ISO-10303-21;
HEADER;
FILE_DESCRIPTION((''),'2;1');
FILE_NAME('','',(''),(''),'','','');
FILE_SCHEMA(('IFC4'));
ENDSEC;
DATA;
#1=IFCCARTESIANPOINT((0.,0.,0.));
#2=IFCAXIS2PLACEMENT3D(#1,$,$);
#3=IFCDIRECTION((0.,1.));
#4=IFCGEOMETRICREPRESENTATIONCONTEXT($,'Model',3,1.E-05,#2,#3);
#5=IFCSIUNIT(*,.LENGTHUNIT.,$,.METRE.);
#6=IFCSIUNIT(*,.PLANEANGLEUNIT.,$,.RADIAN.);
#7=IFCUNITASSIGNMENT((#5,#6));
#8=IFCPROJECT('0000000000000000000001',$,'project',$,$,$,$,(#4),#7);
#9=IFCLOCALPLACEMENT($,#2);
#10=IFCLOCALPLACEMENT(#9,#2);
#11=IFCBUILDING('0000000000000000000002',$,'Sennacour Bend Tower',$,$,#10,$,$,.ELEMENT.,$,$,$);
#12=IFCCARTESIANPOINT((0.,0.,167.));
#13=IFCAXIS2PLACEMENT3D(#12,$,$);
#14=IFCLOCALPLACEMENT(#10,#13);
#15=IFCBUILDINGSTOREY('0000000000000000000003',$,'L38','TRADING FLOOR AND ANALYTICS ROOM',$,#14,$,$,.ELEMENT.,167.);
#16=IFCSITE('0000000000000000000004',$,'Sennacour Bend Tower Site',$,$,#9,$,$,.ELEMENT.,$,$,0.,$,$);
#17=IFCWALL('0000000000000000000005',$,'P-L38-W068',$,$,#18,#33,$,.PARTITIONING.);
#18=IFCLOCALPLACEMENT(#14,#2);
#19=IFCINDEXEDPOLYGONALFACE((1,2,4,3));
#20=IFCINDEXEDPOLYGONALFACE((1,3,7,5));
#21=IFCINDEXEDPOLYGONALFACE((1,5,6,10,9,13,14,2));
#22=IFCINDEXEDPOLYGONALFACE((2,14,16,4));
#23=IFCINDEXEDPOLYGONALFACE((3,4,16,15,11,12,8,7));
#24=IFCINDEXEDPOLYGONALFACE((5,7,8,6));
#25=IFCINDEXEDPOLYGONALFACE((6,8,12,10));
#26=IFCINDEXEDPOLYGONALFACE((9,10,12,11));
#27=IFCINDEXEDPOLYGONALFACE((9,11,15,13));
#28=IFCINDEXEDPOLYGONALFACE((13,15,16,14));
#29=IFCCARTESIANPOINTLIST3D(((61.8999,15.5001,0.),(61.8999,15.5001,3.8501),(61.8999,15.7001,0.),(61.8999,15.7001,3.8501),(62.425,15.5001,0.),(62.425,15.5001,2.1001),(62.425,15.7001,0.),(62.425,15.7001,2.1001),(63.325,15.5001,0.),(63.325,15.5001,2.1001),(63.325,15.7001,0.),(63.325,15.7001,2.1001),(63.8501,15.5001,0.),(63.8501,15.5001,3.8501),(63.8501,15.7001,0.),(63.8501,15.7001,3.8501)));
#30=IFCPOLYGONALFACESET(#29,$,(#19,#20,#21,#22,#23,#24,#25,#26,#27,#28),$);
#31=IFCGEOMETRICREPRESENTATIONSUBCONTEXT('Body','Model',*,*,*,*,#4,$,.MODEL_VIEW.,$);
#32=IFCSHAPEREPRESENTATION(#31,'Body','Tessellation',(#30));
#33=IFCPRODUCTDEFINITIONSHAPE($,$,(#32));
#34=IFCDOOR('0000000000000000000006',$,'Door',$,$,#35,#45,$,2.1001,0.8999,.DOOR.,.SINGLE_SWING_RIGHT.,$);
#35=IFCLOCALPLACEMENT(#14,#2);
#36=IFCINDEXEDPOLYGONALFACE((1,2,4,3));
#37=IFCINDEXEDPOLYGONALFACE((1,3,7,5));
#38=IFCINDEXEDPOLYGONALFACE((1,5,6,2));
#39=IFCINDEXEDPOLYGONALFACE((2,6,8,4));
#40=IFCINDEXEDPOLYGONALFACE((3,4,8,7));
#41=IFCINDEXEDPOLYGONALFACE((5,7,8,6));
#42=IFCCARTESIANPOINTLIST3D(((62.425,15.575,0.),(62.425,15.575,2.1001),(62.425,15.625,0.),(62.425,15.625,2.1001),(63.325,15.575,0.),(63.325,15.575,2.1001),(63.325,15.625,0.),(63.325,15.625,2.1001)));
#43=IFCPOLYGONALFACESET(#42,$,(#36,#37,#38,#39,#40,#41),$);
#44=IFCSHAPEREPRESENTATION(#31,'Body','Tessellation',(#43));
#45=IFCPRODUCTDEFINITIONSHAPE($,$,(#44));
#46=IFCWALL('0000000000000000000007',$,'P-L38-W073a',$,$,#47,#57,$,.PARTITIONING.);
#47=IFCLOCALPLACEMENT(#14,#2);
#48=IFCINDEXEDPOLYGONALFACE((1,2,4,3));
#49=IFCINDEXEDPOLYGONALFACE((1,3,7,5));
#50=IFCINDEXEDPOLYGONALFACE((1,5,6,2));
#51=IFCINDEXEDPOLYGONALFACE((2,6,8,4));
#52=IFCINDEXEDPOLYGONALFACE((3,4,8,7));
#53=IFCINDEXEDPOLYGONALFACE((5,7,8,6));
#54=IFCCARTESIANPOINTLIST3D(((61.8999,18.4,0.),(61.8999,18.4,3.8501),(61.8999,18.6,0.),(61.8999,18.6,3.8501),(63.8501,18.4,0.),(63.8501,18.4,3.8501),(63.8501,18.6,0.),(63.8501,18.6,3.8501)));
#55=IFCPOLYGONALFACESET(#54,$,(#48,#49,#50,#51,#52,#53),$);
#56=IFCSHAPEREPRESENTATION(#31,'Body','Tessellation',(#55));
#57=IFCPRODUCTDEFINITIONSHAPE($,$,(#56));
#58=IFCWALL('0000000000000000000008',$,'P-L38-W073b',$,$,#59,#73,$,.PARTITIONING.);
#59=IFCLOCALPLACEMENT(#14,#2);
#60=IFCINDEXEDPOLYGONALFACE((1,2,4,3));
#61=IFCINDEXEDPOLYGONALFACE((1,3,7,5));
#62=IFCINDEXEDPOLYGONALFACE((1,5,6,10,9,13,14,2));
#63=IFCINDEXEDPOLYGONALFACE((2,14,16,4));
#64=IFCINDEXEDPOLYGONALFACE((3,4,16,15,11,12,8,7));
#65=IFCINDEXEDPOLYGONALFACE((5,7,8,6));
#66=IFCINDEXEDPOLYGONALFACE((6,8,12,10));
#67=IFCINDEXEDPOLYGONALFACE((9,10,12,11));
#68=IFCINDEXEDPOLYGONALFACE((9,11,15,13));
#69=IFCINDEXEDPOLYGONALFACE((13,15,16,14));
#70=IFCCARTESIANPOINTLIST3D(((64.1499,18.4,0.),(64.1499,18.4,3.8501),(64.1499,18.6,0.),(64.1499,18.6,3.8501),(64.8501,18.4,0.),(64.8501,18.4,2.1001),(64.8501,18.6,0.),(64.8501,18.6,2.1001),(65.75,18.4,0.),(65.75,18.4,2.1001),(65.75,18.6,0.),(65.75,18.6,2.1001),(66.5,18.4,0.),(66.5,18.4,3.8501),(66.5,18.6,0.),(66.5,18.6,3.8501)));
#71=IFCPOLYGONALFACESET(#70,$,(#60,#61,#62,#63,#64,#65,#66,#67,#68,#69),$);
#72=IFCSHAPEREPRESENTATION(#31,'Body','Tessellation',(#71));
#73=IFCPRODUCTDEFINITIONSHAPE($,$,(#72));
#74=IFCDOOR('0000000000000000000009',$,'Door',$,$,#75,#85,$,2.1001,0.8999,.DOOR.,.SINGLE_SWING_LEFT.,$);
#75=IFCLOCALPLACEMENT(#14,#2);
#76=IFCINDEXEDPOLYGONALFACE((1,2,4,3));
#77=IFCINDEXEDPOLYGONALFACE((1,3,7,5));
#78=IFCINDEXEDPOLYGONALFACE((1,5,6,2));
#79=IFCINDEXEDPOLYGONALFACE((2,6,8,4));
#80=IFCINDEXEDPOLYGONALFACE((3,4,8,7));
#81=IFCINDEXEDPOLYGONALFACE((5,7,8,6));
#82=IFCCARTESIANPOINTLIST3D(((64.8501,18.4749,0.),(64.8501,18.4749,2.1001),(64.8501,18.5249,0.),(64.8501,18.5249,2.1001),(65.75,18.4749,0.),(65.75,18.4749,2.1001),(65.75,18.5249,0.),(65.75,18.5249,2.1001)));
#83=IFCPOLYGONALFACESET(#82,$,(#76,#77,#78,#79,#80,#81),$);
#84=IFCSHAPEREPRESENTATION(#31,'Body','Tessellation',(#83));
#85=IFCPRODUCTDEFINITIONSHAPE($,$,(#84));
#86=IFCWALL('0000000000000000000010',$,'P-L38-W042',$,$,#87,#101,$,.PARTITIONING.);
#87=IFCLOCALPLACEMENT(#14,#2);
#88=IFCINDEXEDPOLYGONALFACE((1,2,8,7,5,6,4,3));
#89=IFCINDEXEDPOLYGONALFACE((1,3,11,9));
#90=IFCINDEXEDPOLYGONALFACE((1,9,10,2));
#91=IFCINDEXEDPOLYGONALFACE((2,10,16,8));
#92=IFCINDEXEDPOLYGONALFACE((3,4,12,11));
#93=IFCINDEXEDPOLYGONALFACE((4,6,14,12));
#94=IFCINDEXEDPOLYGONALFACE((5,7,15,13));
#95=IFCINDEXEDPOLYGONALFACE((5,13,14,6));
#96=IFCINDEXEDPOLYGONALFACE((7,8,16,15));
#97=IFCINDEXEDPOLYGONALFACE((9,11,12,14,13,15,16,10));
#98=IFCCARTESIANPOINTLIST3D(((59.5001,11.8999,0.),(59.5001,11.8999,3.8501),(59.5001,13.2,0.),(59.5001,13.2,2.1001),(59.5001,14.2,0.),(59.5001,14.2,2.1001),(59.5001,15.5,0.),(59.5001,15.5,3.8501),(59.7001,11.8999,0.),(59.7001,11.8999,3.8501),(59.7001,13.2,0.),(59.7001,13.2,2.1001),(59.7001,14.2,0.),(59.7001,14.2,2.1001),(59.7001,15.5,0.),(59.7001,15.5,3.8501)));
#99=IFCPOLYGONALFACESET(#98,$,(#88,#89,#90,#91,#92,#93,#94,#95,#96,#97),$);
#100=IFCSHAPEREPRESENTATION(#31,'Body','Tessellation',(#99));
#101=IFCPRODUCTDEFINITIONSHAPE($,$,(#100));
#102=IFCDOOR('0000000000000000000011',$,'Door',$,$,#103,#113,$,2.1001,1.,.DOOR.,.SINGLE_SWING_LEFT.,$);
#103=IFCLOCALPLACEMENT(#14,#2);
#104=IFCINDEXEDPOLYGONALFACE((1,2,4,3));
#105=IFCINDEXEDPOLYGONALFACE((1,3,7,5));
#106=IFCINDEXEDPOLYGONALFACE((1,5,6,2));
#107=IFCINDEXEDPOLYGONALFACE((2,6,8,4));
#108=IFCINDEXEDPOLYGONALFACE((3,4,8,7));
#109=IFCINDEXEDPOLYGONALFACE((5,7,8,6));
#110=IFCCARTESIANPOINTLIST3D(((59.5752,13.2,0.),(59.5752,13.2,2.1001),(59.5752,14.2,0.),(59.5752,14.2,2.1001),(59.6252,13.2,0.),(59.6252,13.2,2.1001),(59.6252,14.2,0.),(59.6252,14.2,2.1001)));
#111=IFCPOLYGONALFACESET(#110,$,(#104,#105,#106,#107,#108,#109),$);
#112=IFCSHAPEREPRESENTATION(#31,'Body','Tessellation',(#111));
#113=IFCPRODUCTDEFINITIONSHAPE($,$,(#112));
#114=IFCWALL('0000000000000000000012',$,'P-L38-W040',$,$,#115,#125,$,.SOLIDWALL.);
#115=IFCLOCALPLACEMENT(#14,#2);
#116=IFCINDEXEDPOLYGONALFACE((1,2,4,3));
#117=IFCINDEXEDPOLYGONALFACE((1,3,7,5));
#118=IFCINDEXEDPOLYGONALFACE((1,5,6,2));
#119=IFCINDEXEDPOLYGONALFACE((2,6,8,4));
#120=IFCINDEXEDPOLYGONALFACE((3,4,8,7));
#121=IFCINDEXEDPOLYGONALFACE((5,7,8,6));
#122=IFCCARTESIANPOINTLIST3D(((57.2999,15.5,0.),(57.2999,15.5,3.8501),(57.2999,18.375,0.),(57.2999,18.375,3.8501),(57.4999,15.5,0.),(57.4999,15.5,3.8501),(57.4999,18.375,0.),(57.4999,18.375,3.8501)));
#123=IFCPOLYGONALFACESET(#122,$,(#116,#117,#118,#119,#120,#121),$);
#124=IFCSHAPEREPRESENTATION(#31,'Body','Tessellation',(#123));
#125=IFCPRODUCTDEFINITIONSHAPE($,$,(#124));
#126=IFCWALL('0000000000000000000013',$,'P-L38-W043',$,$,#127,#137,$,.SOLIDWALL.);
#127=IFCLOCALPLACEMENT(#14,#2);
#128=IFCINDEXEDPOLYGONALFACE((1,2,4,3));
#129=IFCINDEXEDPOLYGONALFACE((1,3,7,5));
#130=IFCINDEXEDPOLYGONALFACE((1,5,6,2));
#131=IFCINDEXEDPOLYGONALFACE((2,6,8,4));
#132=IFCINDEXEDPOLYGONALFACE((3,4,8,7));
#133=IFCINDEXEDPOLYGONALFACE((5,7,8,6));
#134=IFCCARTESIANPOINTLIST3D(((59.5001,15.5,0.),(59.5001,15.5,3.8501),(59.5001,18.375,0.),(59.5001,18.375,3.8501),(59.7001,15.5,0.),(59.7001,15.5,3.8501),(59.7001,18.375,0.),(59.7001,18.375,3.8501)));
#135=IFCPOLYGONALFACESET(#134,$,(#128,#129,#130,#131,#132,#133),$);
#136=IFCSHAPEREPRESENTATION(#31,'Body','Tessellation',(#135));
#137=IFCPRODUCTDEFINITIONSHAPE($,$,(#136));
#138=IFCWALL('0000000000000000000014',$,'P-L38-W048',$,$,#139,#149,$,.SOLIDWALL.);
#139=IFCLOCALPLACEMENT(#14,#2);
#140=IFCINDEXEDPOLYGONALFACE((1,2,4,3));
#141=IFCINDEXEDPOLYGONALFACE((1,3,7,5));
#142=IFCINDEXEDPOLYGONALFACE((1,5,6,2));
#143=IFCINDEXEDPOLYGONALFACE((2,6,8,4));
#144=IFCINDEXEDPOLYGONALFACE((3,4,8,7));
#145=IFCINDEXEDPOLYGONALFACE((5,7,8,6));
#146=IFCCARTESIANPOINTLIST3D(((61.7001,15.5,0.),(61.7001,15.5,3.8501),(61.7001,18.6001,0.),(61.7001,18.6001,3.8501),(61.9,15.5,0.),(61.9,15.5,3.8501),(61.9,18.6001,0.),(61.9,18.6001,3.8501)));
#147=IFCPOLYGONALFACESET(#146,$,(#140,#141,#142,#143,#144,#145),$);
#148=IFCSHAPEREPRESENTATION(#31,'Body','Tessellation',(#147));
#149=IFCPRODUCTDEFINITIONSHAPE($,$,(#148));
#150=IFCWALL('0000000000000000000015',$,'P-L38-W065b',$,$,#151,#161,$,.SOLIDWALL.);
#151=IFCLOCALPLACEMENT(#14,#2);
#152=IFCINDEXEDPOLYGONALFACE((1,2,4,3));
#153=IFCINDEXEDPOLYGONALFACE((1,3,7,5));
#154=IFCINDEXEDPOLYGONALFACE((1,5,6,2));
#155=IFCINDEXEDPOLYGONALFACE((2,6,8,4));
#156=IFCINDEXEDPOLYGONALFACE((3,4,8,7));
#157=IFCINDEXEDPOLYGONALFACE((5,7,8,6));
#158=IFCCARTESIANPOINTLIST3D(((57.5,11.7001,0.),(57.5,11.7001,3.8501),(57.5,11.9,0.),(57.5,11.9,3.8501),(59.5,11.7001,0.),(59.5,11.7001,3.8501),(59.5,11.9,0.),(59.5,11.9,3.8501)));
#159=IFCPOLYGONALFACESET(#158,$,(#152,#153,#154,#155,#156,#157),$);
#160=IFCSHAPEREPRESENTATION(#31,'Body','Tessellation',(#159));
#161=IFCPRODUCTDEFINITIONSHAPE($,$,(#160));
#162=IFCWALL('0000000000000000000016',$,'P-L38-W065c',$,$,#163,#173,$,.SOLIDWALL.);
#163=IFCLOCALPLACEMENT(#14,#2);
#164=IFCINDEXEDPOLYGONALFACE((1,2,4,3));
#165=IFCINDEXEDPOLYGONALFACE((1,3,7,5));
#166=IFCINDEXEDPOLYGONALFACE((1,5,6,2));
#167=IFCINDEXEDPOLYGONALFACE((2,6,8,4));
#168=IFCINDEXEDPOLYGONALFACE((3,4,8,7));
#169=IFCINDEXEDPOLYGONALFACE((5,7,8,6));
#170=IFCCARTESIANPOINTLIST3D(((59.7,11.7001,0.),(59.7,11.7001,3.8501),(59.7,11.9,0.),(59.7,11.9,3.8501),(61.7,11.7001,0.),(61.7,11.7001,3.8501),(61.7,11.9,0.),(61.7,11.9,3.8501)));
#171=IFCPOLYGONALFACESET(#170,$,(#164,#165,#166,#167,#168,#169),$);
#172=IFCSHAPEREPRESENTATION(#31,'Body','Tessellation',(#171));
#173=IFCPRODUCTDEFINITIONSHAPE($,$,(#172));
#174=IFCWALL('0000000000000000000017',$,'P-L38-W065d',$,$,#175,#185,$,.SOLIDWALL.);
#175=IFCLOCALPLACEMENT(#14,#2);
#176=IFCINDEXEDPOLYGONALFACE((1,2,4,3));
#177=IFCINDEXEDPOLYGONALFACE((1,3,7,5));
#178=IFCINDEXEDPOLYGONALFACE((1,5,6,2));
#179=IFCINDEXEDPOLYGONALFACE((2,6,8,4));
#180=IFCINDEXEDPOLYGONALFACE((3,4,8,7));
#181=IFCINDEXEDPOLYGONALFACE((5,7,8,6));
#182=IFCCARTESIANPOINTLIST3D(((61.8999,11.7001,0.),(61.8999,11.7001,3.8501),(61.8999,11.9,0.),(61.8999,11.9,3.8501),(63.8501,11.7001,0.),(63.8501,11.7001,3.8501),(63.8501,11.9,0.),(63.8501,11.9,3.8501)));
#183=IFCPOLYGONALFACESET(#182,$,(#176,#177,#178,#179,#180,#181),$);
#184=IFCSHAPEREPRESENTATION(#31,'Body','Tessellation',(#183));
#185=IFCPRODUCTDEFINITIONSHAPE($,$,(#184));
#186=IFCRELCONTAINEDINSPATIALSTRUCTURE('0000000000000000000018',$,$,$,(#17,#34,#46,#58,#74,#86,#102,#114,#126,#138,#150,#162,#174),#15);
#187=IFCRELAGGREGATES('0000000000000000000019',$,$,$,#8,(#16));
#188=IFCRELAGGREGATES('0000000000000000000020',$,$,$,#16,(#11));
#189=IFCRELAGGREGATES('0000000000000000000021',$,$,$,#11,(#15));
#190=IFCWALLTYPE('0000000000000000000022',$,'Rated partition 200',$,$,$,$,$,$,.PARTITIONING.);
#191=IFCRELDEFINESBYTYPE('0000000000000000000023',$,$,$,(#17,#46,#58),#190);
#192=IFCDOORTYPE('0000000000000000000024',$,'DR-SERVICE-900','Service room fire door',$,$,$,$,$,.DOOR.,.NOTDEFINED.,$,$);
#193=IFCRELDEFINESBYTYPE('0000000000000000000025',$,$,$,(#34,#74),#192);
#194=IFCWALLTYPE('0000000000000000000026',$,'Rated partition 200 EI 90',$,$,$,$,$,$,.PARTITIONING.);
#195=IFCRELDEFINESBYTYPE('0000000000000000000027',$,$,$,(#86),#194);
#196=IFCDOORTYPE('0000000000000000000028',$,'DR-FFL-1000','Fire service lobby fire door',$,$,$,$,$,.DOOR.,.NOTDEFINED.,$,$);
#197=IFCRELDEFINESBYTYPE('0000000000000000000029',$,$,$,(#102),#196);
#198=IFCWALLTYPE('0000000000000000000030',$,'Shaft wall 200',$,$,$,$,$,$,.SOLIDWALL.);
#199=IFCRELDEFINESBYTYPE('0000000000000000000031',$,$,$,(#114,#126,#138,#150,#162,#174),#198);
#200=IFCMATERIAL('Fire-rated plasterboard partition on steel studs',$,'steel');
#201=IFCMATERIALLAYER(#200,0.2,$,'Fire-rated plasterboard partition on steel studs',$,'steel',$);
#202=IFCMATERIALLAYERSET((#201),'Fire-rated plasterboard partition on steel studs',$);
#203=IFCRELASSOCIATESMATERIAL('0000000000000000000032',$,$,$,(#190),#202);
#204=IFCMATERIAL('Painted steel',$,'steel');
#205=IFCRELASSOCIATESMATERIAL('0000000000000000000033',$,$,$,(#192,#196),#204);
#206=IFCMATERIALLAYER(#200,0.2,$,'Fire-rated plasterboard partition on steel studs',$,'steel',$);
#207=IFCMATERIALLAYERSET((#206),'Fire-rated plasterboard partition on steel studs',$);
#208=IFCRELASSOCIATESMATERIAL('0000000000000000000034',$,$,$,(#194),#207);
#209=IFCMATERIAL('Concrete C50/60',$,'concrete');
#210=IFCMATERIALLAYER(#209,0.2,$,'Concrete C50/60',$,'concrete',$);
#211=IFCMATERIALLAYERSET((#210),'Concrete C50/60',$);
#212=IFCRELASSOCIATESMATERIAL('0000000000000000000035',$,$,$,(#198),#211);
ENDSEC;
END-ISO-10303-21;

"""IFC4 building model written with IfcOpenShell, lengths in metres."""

from ifc_helpers import new_model, si_unit, direction, frame, frame_2d, origin, place, context, subcontext, project, spatial, rectangle, extrude, material, layer, layer_set, type_object, element, fill, save


model = new_model("IFC4")

# Units and contexts
model_context = context("Model", 3, precision=1e-05, world=origin(), true_north=direction((0.0, 1.0)))
body_context = subcontext(model_context, "Body", "Model", "MODEL_VIEW")
ifc_project = project(units=[si_unit("LENGTHUNIT", "METRE"), si_unit("PLANEANGLEUNIT", "RADIAN")], contexts=[model_context])

# Site, building, storey
site_placement = place(None, origin())
site = spatial("IfcSite", under=ifc_project, at=site_placement, Name="Sennacour Bend Tower Site", CompositionType="ELEMENT", RefElevation=0.0)
building_placement = place(site_placement, origin())
building = spatial("IfcBuilding", under=site, at=building_placement, Name="Sennacour Bend Tower", CompositionType="ELEMENT")
storey_placement = place(building_placement, frame((0.0, 0.0, 167.0)))
storey = spatial("IfcBuildingStorey", under=building, at=storey_placement, Name="L38", Description="TRADING FLOOR AND ANALYTICS ROOM", CompositionType="ELEMENT", Elevation=167.0)

# Wall, opening, door
ifc_material_1 = material(Name="Fire-rated plasterboard partition on steel studs", Category="steel")
ifc_layer_1 = layer(ifc_material_1, 0.2, Name="Fire-rated plasterboard partition on steel studs", Category="steel")
ifc_layer_set_1 = layer_set([ifc_layer_1], Name="Fire-rated plasterboard partition on steel studs")
wall_type_1 = type_object("IfcWallType", Name="Rated partition 200", PredefinedType="PARTITIONING", material=ifc_layer_set_1)
wall_1_placement = place(storey_placement, frame((61.8999, 15.6001, 0.0), z_axis=(0.0, 0.0, 1.0), x_axis=(1.0, 0.0, 0.0)))
wall_1 = element("IfcWall", 1, at=wall_1_placement, inside=storey, type_object=wall_type_1, Name="P-L38-W068", PredefinedType="PARTITIONING", context=body_context, shape_type="SweptSolid", body=[
    extrude(rectangle(XDim=1.9502, YDim=0.2, at=frame_2d((0.9751, 0.0))), origin(), (0.0, 0.0, 1.0), 3.8501),
])
opening_1_placement = place(wall_1_placement, frame((0.5251, 0.0, 0.0)))
opening_1 = element("IfcOpeningElement", 2, at=opening_1_placement, cuts=wall_1, PredefinedType="OPENING", context=body_context, shape_type="SweptSolid", body=[
    extrude(rectangle(XDim=0.8999, YDim=2.1001, at=frame_2d((0.45, 1.05))), frame((0.0, 0.1099, 0.0), z_axis=(0.0, -1.0, 0.0), x_axis=(1.0, 0.0, 0.0)), (0.0, 0.0, 1.0), 0.22),
])
ifc_material_2 = material(Name="Painted steel", Category="steel")
door_type_1 = type_object("IfcDoorType", Name="DR-SERVICE-900", Description="Service room fire door", OperationType="NOTDEFINED", PredefinedType="DOOR", material=ifc_material_2)
door_1_placement = place(opening_1_placement, origin())
door_1 = element("IfcDoor", 3, at=door_1_placement, inside=storey, type_object=door_type_1, Name="Door", OperationType="SINGLE_SWING_RIGHT", OverallHeight=2.1001, OverallWidth=0.8999, PredefinedType="DOOR", context=body_context, shape_type="SweptSolid", body=[
    extrude(rectangle(XDim=0.8999, YDim=2.1001, at=frame_2d((0.45, 1.05))), frame((0.0, 0.0249, 0.0), z_axis=(0.0, -1.0, 0.0), x_axis=(1.0, 0.0, 0.0)), (0.0, 0.0, 1.0), 0.05),
])
fill(opening_1, door_1)

# Wall
wall_2_placement = place(storey_placement, frame((61.8999, 18.5, 0.0), z_axis=(0.0, 0.0, 1.0), x_axis=(1.0, 0.0, 0.0)))
element("IfcWall", 4, at=wall_2_placement, inside=storey, type_object=wall_type_1, Name="P-L38-W073a", PredefinedType="PARTITIONING", context=body_context, shape_type="SweptSolid", body=[
    extrude(rectangle(XDim=1.9502, YDim=0.2, at=frame_2d((0.9751, 0.0))), origin(), (0.0, 0.0, 1.0), 3.8501),
])

# Walls, openings, doors
wall_3_placement = place(storey_placement, frame((64.1499, 18.5, 0.0), z_axis=(0.0, 0.0, 1.0), x_axis=(1.0, 0.0, 0.0)))
wall_3 = element("IfcWall", 5, at=wall_3_placement, inside=storey, type_object=wall_type_1, Name="P-L38-W073b", PredefinedType="PARTITIONING", context=body_context, shape_type="SweptSolid", body=[
    extrude(rectangle(XDim=2.3501, YDim=0.2, at=frame_2d((1.175, 0.0))), origin(), (0.0, 0.0, 1.0), 3.8501),
])
opening_2_placement = place(wall_3_placement, frame((0.7002, 0.0, 0.0)))
opening_2 = element("IfcOpeningElement", 6, at=opening_2_placement, cuts=wall_3, PredefinedType="OPENING", context=body_context, shape_type="SweptSolid", body=[
    extrude(rectangle(XDim=0.8999, YDim=2.1001, at=frame_2d((0.45, 1.05))), frame((0.0, 0.1099, 0.0), z_axis=(0.0, -1.0, 0.0), x_axis=(1.0, 0.0, 0.0)), (0.0, 0.0, 1.0), 0.22),
])
door_2_placement = place(opening_2_placement, origin())
door_2 = element("IfcDoor", 7, at=door_2_placement, inside=storey, type_object=door_type_1, Name="Door", OperationType="SINGLE_SWING_LEFT", OverallHeight=2.1001, OverallWidth=0.8999, PredefinedType="DOOR", context=body_context, shape_type="SweptSolid", body=[
    extrude(rectangle(XDim=0.8999, YDim=2.1001, at=frame_2d((0.45, 1.05))), frame((0.0, 0.0249, 0.0), z_axis=(0.0, -1.0, 0.0), x_axis=(1.0, 0.0, 0.0)), (0.0, 0.0, 1.0), 0.05),
])
fill(opening_2, door_2)
ifc_layer_2 = layer(ifc_material_1, 0.2, Name="Fire-rated plasterboard partition on steel studs", Category="steel")
ifc_layer_set_2 = layer_set([ifc_layer_2], Name="Fire-rated plasterboard partition on steel studs")
wall_type_2 = type_object("IfcWallType", Name="Rated partition 200 EI 90", PredefinedType="PARTITIONING", material=ifc_layer_set_2)
wall_4_placement = place(storey_placement, frame((59.6001, 11.8999, 0.0), z_axis=(0.0, 0.0, 1.0), x_axis=(0.0, 1.0, 0.0)))
wall_4 = element("IfcWall", 8, at=wall_4_placement, inside=storey, type_object=wall_type_2, Name="P-L38-W042", PredefinedType="PARTITIONING", context=body_context, shape_type="SweptSolid", body=[
    extrude(rectangle(XDim=3.6001, YDim=0.2, at=frame_2d((1.8, 0.0))), origin(), (0.0, 0.0, 1.0), 3.8501),
])
opening_3_placement = place(wall_4_placement, frame((1.3, 0.0, 0.0)))
opening_3 = element("IfcOpeningElement", 9, at=opening_3_placement, cuts=wall_4, PredefinedType="OPENING", context=body_context, shape_type="SweptSolid", body=[
    extrude(rectangle(XDim=1.0, YDim=2.1001, at=frame_2d((0.5, 1.05))), frame((0.0, 0.1099, 0.0), z_axis=(0.0, -1.0, 0.0), x_axis=(1.0, 0.0, 0.0)), (0.0, 0.0, 1.0), 0.22),
])
door_type_2 = type_object("IfcDoorType", Name="DR-FFL-1000", Description="Fire service lobby fire door", OperationType="NOTDEFINED", PredefinedType="DOOR", material=ifc_material_2)
door_3_placement = place(opening_3_placement, origin())
door_3 = element("IfcDoor", 10, at=door_3_placement, inside=storey, type_object=door_type_2, Name="Door", OperationType="SINGLE_SWING_LEFT", OverallHeight=2.1001, OverallWidth=1.0, PredefinedType="DOOR", context=body_context, shape_type="SweptSolid", body=[
    extrude(rectangle(XDim=1.0, YDim=2.1001, at=frame_2d((0.5, 1.05))), frame((0.0, 0.0249, 0.0), z_axis=(0.0, -1.0, 0.0), x_axis=(1.0, 0.0, 0.0)), (0.0, 0.0, 1.0), 0.05),
])
fill(opening_3, door_3)

# Walls
ifc_material_3 = material(Name="Concrete C50/60", Category="concrete")
ifc_layer_3 = layer(ifc_material_3, 0.2, Name="Concrete C50/60", Category="concrete")
ifc_layer_set_3 = layer_set([ifc_layer_3], Name="Concrete C50/60")
wall_type_3 = type_object("IfcWallType", Name="Shaft wall 200", PredefinedType="SOLIDWALL", material=ifc_layer_set_3)
for number, where, z_axis, x_axis, name in (
    (11, (57.3999, 15.5, 0.0), (0.0, 0.0, 1.0), (0.0, 1.0, 0.0), "P-L38-W040"),
    (12, (59.6001, 15.5, 0.0), (0.0, 0.0, 1.0), (0.0, 1.0, 0.0), "P-L38-W043"),
):
    element("IfcWall", number, at=place(storey_placement, frame(where, z_axis=z_axis, x_axis=x_axis)), inside=storey, type_object=wall_type_3, Name=name, PredefinedType="SOLIDWALL", context=body_context, shape_type="SweptSolid", body=[
        extrude(rectangle(XDim=2.875, YDim=0.2, at=frame_2d((1.4375, 0.0))), origin(), (0.0, 0.0, 1.0), 3.8501),
    ])
wall_5_placement = place(storey_placement, frame((61.8, 15.5, 0.0), z_axis=(0.0, 0.0, 1.0), x_axis=(0.0, 1.0, 0.0)))
element("IfcWall", 13, at=wall_5_placement, inside=storey, type_object=wall_type_3, Name="P-L38-W048", PredefinedType="SOLIDWALL", context=body_context, shape_type="SweptSolid", body=[
    extrude(rectangle(XDim=3.1001, YDim=0.2, at=frame_2d((1.55, 0.0))), origin(), (0.0, 0.0, 1.0), 3.8501),
])
for number, where, z_axis, x_axis, name in (
    (14, (57.5, 11.8, 0.0), (0.0, 0.0, 1.0), (1.0, 0.0, 0.0), "P-L38-W065b"),
    (15, (59.7, 11.8, 0.0), (0.0, 0.0, 1.0), (1.0, 0.0, 0.0), "P-L38-W065c"),
):
    element("IfcWall", number, at=place(storey_placement, frame(where, z_axis=z_axis, x_axis=x_axis)), inside=storey, type_object=wall_type_3, Name=name, PredefinedType="SOLIDWALL", context=body_context, shape_type="SweptSolid", body=[
        extrude(rectangle(XDim=2.0, YDim=0.2, at=frame_2d((1.0, 0.0))), origin(), (0.0, 0.0, 1.0), 3.8501),
    ])
wall_6_placement = place(storey_placement, frame((61.8999, 11.8, 0.0), z_axis=(0.0, 0.0, 1.0), x_axis=(1.0, 0.0, 0.0)))
element("IfcWall", 16, at=wall_6_placement, inside=storey, type_object=wall_type_3, Name="P-L38-W065d", PredefinedType="SOLIDWALL", context=body_context, shape_type="SweptSolid", body=[
    extrude(rectangle(XDim=1.9502, YDim=0.2, at=frame_2d((0.9751, 0.0))), origin(), (0.0, 0.0, 1.0), 3.8501),
])

save(model, "model.ifc")
